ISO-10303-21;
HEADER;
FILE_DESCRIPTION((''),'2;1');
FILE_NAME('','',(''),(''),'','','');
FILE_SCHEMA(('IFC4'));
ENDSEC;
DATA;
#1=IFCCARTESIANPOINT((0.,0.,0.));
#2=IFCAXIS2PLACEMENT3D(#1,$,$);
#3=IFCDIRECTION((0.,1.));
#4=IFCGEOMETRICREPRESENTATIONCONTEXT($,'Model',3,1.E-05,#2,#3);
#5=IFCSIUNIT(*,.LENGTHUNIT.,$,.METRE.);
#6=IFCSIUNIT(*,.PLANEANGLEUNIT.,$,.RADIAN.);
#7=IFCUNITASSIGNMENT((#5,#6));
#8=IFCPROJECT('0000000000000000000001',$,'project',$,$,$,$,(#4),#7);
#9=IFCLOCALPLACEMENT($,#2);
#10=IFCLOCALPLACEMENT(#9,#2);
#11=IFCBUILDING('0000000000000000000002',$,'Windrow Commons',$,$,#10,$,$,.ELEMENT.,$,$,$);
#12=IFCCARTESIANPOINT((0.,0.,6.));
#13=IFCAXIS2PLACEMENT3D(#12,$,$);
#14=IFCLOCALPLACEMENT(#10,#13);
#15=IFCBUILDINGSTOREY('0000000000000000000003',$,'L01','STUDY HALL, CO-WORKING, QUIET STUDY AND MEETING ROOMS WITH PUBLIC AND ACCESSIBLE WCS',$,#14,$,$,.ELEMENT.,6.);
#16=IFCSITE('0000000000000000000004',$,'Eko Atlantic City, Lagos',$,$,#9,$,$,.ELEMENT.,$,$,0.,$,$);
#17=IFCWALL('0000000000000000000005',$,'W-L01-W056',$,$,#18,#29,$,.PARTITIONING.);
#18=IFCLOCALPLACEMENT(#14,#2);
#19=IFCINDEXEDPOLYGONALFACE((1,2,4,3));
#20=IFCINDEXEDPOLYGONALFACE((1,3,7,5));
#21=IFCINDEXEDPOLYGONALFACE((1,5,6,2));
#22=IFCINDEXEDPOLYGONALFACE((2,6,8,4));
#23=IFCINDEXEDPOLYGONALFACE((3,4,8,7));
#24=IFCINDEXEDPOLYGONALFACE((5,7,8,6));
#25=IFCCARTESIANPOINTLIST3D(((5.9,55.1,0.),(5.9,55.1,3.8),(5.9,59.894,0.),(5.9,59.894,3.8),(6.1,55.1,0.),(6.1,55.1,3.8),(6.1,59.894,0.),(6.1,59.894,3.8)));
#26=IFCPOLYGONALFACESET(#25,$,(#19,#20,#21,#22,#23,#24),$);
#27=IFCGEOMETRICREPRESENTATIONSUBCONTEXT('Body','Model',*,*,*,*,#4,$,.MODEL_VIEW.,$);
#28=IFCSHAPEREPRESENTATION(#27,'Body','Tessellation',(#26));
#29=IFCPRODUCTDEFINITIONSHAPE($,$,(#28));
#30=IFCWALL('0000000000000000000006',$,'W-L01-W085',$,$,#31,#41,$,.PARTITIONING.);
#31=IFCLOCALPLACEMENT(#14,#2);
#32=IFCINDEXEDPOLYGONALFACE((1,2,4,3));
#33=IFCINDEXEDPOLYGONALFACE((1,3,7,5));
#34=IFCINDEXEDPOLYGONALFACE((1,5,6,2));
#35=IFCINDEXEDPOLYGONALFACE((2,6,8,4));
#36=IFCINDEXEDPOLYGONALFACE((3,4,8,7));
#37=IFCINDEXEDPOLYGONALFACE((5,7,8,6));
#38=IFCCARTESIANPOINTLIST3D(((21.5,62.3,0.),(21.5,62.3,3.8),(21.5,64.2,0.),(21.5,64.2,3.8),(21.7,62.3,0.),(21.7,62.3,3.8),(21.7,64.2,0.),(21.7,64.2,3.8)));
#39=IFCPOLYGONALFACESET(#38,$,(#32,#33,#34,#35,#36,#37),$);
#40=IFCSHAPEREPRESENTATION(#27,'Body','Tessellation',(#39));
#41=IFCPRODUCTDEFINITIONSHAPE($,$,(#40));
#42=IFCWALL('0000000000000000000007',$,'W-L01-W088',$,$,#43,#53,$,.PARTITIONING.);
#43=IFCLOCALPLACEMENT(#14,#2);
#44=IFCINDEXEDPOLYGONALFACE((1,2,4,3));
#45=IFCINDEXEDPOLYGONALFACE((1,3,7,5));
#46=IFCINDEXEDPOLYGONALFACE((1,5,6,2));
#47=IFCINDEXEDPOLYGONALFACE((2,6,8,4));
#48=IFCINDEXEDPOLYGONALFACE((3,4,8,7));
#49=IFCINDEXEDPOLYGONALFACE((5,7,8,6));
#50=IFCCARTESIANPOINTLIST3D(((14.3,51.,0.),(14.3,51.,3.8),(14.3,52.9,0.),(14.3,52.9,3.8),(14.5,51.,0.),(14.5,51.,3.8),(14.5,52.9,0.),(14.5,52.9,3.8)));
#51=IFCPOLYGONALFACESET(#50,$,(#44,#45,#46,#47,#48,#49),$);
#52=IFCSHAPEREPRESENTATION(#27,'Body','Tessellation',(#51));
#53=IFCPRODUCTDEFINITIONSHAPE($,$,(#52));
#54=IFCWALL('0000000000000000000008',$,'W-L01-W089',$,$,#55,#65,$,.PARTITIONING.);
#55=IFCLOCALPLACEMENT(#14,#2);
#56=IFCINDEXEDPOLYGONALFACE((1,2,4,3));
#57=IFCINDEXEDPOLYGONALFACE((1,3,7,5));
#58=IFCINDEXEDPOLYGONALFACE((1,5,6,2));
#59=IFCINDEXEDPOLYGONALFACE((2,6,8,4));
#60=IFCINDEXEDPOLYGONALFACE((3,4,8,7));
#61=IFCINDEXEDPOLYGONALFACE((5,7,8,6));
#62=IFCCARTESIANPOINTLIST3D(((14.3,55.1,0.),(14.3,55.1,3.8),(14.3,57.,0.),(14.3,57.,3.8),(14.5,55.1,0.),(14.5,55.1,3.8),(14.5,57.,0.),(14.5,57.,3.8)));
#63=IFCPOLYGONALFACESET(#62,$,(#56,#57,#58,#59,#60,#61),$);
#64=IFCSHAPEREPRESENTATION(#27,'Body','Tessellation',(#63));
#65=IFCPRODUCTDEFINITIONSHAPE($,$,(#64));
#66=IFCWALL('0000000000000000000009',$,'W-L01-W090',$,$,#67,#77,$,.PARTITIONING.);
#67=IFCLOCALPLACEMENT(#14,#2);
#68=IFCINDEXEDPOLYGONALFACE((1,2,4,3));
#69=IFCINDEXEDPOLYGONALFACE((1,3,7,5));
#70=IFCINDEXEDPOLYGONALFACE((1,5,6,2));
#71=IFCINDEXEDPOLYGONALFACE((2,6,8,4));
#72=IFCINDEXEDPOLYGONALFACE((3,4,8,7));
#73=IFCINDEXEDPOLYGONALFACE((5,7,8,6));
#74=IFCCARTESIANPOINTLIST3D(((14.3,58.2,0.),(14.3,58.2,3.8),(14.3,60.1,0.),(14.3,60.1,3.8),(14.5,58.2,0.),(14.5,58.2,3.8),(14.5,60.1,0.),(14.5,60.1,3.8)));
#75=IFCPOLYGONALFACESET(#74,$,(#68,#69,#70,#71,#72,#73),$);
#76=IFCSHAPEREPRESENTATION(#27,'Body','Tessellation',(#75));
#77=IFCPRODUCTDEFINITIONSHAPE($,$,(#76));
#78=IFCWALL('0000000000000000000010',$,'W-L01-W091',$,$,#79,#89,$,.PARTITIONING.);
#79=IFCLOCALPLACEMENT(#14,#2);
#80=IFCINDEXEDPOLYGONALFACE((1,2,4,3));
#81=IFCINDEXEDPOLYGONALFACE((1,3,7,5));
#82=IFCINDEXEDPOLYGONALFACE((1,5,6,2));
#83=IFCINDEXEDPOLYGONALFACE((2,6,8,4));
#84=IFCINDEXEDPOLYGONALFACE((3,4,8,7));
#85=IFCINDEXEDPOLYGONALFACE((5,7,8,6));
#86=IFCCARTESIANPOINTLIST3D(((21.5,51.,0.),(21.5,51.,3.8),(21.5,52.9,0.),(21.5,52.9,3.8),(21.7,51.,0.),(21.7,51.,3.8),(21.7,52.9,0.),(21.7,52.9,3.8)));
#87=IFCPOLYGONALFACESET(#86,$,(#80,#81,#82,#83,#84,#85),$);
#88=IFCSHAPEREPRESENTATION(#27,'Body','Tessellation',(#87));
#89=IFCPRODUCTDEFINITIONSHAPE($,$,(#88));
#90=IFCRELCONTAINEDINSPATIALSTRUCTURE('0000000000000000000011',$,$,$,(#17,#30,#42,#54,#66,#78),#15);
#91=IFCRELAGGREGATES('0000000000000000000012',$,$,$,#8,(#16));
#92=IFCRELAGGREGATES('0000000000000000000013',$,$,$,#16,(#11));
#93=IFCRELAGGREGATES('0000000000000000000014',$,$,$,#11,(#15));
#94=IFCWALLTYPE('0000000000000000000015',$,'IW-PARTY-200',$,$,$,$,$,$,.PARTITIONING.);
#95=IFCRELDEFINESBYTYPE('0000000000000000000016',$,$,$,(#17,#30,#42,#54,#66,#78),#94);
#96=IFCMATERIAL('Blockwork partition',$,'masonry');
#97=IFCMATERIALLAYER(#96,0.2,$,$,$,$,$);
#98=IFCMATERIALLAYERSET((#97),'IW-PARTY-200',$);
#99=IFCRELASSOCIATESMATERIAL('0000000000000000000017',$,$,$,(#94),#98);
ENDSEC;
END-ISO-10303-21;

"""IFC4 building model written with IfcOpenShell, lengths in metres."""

from ifc_helpers import new_model, si_unit, direction, frame, frame_2d, origin, place, context, subcontext, project, spatial, rectangle, extrude, material, layer, layer_set, type_object, element, save


model = new_model("IFC4")

# Units and contexts
model_context = context("Model", 3, precision=1e-05, world=origin(), true_north=direction((0.0, 1.0)))
body_context = subcontext(model_context, "Body", "Model", "MODEL_VIEW")
ifc_project = project(units=[si_unit("LENGTHUNIT", "METRE"), si_unit("PLANEANGLEUNIT", "RADIAN")], contexts=[model_context])

# Site, building, storey
site_placement = place(None, origin())
site = spatial("IfcSite", under=ifc_project, at=site_placement, Name="Eko Atlantic City, Lagos", CompositionType="ELEMENT", RefElevation=0.0)
building_placement = place(site_placement, origin())
building = spatial("IfcBuilding", under=site, at=building_placement, Name="Windrow Commons", CompositionType="ELEMENT")
storey_placement = place(building_placement, frame((0.0, 0.0, 6.0)))
storey = spatial("IfcBuildingStorey", under=building, at=storey_placement, Name="L01", Description="STUDY HALL, CO-WORKING, QUIET STUDY AND MEETING ROOMS WITH PUBLIC AND ACCESSIBLE WCS", CompositionType="ELEMENT", Elevation=6.0)

# Walls
ifc_material_1 = material(Name="Blockwork partition", Category="masonry")
ifc_layer = layer(ifc_material_1, 0.2)
ifc_layer_set = layer_set([ifc_layer], Name="IW-PARTY-200")
wall_type = type_object("IfcWallType", Name="IW-PARTY-200", PredefinedType="PARTITIONING", material=ifc_layer_set)
wall_1_placement = place(storey_placement, frame((6.0, 55.1, 0.0), z_axis=(0.0, 0.0, 1.0), x_axis=(0.0, 1.0, 0.0)))
element("IfcWall", 1, at=wall_1_placement, inside=storey, type_object=wall_type, Name="W-L01-W056", PredefinedType="PARTITIONING", context=body_context, shape_type="SweptSolid", body=[
    extrude(rectangle(XDim=4.794, YDim=0.2, at=frame_2d((2.397, 0.0))), origin(), (0.0, 0.0, 1.0), 3.8),
])
for number, where, z_axis, x_axis, name in (
    (2, (21.6, 62.3, 0.0), (0.0, 0.0, 1.0), (0.0, 1.0, 0.0), "W-L01-W085"),
    (3, (14.4, 51.0, 0.0), (0.0, 0.0, 1.0), (0.0, 1.0, 0.0), "W-L01-W088"),
    (4, (14.4, 55.1, 0.0), (0.0, 0.0, 1.0), (0.0, 1.0, 0.0), "W-L01-W089"),
    (5, (14.4, 58.2, 0.0), (0.0, 0.0, 1.0), (0.0, 1.0, 0.0), "W-L01-W090"),
    (6, (21.6, 51.0, 0.0), (0.0, 0.0, 1.0), (0.0, 1.0, 0.0), "W-L01-W091"),
):
    element("IfcWall", number, at=place(storey_placement, frame(where, z_axis=z_axis, x_axis=x_axis)), inside=storey, type_object=wall_type, Name=name, PredefinedType="PARTITIONING", context=body_context, shape_type="SweptSolid", body=[
        extrude(rectangle(XDim=1.9, YDim=0.2, at=frame_2d((0.95, 0.0))), origin(), (0.0, 0.0, 1.0), 3.8),
    ])

save(model, "model.ifc")
